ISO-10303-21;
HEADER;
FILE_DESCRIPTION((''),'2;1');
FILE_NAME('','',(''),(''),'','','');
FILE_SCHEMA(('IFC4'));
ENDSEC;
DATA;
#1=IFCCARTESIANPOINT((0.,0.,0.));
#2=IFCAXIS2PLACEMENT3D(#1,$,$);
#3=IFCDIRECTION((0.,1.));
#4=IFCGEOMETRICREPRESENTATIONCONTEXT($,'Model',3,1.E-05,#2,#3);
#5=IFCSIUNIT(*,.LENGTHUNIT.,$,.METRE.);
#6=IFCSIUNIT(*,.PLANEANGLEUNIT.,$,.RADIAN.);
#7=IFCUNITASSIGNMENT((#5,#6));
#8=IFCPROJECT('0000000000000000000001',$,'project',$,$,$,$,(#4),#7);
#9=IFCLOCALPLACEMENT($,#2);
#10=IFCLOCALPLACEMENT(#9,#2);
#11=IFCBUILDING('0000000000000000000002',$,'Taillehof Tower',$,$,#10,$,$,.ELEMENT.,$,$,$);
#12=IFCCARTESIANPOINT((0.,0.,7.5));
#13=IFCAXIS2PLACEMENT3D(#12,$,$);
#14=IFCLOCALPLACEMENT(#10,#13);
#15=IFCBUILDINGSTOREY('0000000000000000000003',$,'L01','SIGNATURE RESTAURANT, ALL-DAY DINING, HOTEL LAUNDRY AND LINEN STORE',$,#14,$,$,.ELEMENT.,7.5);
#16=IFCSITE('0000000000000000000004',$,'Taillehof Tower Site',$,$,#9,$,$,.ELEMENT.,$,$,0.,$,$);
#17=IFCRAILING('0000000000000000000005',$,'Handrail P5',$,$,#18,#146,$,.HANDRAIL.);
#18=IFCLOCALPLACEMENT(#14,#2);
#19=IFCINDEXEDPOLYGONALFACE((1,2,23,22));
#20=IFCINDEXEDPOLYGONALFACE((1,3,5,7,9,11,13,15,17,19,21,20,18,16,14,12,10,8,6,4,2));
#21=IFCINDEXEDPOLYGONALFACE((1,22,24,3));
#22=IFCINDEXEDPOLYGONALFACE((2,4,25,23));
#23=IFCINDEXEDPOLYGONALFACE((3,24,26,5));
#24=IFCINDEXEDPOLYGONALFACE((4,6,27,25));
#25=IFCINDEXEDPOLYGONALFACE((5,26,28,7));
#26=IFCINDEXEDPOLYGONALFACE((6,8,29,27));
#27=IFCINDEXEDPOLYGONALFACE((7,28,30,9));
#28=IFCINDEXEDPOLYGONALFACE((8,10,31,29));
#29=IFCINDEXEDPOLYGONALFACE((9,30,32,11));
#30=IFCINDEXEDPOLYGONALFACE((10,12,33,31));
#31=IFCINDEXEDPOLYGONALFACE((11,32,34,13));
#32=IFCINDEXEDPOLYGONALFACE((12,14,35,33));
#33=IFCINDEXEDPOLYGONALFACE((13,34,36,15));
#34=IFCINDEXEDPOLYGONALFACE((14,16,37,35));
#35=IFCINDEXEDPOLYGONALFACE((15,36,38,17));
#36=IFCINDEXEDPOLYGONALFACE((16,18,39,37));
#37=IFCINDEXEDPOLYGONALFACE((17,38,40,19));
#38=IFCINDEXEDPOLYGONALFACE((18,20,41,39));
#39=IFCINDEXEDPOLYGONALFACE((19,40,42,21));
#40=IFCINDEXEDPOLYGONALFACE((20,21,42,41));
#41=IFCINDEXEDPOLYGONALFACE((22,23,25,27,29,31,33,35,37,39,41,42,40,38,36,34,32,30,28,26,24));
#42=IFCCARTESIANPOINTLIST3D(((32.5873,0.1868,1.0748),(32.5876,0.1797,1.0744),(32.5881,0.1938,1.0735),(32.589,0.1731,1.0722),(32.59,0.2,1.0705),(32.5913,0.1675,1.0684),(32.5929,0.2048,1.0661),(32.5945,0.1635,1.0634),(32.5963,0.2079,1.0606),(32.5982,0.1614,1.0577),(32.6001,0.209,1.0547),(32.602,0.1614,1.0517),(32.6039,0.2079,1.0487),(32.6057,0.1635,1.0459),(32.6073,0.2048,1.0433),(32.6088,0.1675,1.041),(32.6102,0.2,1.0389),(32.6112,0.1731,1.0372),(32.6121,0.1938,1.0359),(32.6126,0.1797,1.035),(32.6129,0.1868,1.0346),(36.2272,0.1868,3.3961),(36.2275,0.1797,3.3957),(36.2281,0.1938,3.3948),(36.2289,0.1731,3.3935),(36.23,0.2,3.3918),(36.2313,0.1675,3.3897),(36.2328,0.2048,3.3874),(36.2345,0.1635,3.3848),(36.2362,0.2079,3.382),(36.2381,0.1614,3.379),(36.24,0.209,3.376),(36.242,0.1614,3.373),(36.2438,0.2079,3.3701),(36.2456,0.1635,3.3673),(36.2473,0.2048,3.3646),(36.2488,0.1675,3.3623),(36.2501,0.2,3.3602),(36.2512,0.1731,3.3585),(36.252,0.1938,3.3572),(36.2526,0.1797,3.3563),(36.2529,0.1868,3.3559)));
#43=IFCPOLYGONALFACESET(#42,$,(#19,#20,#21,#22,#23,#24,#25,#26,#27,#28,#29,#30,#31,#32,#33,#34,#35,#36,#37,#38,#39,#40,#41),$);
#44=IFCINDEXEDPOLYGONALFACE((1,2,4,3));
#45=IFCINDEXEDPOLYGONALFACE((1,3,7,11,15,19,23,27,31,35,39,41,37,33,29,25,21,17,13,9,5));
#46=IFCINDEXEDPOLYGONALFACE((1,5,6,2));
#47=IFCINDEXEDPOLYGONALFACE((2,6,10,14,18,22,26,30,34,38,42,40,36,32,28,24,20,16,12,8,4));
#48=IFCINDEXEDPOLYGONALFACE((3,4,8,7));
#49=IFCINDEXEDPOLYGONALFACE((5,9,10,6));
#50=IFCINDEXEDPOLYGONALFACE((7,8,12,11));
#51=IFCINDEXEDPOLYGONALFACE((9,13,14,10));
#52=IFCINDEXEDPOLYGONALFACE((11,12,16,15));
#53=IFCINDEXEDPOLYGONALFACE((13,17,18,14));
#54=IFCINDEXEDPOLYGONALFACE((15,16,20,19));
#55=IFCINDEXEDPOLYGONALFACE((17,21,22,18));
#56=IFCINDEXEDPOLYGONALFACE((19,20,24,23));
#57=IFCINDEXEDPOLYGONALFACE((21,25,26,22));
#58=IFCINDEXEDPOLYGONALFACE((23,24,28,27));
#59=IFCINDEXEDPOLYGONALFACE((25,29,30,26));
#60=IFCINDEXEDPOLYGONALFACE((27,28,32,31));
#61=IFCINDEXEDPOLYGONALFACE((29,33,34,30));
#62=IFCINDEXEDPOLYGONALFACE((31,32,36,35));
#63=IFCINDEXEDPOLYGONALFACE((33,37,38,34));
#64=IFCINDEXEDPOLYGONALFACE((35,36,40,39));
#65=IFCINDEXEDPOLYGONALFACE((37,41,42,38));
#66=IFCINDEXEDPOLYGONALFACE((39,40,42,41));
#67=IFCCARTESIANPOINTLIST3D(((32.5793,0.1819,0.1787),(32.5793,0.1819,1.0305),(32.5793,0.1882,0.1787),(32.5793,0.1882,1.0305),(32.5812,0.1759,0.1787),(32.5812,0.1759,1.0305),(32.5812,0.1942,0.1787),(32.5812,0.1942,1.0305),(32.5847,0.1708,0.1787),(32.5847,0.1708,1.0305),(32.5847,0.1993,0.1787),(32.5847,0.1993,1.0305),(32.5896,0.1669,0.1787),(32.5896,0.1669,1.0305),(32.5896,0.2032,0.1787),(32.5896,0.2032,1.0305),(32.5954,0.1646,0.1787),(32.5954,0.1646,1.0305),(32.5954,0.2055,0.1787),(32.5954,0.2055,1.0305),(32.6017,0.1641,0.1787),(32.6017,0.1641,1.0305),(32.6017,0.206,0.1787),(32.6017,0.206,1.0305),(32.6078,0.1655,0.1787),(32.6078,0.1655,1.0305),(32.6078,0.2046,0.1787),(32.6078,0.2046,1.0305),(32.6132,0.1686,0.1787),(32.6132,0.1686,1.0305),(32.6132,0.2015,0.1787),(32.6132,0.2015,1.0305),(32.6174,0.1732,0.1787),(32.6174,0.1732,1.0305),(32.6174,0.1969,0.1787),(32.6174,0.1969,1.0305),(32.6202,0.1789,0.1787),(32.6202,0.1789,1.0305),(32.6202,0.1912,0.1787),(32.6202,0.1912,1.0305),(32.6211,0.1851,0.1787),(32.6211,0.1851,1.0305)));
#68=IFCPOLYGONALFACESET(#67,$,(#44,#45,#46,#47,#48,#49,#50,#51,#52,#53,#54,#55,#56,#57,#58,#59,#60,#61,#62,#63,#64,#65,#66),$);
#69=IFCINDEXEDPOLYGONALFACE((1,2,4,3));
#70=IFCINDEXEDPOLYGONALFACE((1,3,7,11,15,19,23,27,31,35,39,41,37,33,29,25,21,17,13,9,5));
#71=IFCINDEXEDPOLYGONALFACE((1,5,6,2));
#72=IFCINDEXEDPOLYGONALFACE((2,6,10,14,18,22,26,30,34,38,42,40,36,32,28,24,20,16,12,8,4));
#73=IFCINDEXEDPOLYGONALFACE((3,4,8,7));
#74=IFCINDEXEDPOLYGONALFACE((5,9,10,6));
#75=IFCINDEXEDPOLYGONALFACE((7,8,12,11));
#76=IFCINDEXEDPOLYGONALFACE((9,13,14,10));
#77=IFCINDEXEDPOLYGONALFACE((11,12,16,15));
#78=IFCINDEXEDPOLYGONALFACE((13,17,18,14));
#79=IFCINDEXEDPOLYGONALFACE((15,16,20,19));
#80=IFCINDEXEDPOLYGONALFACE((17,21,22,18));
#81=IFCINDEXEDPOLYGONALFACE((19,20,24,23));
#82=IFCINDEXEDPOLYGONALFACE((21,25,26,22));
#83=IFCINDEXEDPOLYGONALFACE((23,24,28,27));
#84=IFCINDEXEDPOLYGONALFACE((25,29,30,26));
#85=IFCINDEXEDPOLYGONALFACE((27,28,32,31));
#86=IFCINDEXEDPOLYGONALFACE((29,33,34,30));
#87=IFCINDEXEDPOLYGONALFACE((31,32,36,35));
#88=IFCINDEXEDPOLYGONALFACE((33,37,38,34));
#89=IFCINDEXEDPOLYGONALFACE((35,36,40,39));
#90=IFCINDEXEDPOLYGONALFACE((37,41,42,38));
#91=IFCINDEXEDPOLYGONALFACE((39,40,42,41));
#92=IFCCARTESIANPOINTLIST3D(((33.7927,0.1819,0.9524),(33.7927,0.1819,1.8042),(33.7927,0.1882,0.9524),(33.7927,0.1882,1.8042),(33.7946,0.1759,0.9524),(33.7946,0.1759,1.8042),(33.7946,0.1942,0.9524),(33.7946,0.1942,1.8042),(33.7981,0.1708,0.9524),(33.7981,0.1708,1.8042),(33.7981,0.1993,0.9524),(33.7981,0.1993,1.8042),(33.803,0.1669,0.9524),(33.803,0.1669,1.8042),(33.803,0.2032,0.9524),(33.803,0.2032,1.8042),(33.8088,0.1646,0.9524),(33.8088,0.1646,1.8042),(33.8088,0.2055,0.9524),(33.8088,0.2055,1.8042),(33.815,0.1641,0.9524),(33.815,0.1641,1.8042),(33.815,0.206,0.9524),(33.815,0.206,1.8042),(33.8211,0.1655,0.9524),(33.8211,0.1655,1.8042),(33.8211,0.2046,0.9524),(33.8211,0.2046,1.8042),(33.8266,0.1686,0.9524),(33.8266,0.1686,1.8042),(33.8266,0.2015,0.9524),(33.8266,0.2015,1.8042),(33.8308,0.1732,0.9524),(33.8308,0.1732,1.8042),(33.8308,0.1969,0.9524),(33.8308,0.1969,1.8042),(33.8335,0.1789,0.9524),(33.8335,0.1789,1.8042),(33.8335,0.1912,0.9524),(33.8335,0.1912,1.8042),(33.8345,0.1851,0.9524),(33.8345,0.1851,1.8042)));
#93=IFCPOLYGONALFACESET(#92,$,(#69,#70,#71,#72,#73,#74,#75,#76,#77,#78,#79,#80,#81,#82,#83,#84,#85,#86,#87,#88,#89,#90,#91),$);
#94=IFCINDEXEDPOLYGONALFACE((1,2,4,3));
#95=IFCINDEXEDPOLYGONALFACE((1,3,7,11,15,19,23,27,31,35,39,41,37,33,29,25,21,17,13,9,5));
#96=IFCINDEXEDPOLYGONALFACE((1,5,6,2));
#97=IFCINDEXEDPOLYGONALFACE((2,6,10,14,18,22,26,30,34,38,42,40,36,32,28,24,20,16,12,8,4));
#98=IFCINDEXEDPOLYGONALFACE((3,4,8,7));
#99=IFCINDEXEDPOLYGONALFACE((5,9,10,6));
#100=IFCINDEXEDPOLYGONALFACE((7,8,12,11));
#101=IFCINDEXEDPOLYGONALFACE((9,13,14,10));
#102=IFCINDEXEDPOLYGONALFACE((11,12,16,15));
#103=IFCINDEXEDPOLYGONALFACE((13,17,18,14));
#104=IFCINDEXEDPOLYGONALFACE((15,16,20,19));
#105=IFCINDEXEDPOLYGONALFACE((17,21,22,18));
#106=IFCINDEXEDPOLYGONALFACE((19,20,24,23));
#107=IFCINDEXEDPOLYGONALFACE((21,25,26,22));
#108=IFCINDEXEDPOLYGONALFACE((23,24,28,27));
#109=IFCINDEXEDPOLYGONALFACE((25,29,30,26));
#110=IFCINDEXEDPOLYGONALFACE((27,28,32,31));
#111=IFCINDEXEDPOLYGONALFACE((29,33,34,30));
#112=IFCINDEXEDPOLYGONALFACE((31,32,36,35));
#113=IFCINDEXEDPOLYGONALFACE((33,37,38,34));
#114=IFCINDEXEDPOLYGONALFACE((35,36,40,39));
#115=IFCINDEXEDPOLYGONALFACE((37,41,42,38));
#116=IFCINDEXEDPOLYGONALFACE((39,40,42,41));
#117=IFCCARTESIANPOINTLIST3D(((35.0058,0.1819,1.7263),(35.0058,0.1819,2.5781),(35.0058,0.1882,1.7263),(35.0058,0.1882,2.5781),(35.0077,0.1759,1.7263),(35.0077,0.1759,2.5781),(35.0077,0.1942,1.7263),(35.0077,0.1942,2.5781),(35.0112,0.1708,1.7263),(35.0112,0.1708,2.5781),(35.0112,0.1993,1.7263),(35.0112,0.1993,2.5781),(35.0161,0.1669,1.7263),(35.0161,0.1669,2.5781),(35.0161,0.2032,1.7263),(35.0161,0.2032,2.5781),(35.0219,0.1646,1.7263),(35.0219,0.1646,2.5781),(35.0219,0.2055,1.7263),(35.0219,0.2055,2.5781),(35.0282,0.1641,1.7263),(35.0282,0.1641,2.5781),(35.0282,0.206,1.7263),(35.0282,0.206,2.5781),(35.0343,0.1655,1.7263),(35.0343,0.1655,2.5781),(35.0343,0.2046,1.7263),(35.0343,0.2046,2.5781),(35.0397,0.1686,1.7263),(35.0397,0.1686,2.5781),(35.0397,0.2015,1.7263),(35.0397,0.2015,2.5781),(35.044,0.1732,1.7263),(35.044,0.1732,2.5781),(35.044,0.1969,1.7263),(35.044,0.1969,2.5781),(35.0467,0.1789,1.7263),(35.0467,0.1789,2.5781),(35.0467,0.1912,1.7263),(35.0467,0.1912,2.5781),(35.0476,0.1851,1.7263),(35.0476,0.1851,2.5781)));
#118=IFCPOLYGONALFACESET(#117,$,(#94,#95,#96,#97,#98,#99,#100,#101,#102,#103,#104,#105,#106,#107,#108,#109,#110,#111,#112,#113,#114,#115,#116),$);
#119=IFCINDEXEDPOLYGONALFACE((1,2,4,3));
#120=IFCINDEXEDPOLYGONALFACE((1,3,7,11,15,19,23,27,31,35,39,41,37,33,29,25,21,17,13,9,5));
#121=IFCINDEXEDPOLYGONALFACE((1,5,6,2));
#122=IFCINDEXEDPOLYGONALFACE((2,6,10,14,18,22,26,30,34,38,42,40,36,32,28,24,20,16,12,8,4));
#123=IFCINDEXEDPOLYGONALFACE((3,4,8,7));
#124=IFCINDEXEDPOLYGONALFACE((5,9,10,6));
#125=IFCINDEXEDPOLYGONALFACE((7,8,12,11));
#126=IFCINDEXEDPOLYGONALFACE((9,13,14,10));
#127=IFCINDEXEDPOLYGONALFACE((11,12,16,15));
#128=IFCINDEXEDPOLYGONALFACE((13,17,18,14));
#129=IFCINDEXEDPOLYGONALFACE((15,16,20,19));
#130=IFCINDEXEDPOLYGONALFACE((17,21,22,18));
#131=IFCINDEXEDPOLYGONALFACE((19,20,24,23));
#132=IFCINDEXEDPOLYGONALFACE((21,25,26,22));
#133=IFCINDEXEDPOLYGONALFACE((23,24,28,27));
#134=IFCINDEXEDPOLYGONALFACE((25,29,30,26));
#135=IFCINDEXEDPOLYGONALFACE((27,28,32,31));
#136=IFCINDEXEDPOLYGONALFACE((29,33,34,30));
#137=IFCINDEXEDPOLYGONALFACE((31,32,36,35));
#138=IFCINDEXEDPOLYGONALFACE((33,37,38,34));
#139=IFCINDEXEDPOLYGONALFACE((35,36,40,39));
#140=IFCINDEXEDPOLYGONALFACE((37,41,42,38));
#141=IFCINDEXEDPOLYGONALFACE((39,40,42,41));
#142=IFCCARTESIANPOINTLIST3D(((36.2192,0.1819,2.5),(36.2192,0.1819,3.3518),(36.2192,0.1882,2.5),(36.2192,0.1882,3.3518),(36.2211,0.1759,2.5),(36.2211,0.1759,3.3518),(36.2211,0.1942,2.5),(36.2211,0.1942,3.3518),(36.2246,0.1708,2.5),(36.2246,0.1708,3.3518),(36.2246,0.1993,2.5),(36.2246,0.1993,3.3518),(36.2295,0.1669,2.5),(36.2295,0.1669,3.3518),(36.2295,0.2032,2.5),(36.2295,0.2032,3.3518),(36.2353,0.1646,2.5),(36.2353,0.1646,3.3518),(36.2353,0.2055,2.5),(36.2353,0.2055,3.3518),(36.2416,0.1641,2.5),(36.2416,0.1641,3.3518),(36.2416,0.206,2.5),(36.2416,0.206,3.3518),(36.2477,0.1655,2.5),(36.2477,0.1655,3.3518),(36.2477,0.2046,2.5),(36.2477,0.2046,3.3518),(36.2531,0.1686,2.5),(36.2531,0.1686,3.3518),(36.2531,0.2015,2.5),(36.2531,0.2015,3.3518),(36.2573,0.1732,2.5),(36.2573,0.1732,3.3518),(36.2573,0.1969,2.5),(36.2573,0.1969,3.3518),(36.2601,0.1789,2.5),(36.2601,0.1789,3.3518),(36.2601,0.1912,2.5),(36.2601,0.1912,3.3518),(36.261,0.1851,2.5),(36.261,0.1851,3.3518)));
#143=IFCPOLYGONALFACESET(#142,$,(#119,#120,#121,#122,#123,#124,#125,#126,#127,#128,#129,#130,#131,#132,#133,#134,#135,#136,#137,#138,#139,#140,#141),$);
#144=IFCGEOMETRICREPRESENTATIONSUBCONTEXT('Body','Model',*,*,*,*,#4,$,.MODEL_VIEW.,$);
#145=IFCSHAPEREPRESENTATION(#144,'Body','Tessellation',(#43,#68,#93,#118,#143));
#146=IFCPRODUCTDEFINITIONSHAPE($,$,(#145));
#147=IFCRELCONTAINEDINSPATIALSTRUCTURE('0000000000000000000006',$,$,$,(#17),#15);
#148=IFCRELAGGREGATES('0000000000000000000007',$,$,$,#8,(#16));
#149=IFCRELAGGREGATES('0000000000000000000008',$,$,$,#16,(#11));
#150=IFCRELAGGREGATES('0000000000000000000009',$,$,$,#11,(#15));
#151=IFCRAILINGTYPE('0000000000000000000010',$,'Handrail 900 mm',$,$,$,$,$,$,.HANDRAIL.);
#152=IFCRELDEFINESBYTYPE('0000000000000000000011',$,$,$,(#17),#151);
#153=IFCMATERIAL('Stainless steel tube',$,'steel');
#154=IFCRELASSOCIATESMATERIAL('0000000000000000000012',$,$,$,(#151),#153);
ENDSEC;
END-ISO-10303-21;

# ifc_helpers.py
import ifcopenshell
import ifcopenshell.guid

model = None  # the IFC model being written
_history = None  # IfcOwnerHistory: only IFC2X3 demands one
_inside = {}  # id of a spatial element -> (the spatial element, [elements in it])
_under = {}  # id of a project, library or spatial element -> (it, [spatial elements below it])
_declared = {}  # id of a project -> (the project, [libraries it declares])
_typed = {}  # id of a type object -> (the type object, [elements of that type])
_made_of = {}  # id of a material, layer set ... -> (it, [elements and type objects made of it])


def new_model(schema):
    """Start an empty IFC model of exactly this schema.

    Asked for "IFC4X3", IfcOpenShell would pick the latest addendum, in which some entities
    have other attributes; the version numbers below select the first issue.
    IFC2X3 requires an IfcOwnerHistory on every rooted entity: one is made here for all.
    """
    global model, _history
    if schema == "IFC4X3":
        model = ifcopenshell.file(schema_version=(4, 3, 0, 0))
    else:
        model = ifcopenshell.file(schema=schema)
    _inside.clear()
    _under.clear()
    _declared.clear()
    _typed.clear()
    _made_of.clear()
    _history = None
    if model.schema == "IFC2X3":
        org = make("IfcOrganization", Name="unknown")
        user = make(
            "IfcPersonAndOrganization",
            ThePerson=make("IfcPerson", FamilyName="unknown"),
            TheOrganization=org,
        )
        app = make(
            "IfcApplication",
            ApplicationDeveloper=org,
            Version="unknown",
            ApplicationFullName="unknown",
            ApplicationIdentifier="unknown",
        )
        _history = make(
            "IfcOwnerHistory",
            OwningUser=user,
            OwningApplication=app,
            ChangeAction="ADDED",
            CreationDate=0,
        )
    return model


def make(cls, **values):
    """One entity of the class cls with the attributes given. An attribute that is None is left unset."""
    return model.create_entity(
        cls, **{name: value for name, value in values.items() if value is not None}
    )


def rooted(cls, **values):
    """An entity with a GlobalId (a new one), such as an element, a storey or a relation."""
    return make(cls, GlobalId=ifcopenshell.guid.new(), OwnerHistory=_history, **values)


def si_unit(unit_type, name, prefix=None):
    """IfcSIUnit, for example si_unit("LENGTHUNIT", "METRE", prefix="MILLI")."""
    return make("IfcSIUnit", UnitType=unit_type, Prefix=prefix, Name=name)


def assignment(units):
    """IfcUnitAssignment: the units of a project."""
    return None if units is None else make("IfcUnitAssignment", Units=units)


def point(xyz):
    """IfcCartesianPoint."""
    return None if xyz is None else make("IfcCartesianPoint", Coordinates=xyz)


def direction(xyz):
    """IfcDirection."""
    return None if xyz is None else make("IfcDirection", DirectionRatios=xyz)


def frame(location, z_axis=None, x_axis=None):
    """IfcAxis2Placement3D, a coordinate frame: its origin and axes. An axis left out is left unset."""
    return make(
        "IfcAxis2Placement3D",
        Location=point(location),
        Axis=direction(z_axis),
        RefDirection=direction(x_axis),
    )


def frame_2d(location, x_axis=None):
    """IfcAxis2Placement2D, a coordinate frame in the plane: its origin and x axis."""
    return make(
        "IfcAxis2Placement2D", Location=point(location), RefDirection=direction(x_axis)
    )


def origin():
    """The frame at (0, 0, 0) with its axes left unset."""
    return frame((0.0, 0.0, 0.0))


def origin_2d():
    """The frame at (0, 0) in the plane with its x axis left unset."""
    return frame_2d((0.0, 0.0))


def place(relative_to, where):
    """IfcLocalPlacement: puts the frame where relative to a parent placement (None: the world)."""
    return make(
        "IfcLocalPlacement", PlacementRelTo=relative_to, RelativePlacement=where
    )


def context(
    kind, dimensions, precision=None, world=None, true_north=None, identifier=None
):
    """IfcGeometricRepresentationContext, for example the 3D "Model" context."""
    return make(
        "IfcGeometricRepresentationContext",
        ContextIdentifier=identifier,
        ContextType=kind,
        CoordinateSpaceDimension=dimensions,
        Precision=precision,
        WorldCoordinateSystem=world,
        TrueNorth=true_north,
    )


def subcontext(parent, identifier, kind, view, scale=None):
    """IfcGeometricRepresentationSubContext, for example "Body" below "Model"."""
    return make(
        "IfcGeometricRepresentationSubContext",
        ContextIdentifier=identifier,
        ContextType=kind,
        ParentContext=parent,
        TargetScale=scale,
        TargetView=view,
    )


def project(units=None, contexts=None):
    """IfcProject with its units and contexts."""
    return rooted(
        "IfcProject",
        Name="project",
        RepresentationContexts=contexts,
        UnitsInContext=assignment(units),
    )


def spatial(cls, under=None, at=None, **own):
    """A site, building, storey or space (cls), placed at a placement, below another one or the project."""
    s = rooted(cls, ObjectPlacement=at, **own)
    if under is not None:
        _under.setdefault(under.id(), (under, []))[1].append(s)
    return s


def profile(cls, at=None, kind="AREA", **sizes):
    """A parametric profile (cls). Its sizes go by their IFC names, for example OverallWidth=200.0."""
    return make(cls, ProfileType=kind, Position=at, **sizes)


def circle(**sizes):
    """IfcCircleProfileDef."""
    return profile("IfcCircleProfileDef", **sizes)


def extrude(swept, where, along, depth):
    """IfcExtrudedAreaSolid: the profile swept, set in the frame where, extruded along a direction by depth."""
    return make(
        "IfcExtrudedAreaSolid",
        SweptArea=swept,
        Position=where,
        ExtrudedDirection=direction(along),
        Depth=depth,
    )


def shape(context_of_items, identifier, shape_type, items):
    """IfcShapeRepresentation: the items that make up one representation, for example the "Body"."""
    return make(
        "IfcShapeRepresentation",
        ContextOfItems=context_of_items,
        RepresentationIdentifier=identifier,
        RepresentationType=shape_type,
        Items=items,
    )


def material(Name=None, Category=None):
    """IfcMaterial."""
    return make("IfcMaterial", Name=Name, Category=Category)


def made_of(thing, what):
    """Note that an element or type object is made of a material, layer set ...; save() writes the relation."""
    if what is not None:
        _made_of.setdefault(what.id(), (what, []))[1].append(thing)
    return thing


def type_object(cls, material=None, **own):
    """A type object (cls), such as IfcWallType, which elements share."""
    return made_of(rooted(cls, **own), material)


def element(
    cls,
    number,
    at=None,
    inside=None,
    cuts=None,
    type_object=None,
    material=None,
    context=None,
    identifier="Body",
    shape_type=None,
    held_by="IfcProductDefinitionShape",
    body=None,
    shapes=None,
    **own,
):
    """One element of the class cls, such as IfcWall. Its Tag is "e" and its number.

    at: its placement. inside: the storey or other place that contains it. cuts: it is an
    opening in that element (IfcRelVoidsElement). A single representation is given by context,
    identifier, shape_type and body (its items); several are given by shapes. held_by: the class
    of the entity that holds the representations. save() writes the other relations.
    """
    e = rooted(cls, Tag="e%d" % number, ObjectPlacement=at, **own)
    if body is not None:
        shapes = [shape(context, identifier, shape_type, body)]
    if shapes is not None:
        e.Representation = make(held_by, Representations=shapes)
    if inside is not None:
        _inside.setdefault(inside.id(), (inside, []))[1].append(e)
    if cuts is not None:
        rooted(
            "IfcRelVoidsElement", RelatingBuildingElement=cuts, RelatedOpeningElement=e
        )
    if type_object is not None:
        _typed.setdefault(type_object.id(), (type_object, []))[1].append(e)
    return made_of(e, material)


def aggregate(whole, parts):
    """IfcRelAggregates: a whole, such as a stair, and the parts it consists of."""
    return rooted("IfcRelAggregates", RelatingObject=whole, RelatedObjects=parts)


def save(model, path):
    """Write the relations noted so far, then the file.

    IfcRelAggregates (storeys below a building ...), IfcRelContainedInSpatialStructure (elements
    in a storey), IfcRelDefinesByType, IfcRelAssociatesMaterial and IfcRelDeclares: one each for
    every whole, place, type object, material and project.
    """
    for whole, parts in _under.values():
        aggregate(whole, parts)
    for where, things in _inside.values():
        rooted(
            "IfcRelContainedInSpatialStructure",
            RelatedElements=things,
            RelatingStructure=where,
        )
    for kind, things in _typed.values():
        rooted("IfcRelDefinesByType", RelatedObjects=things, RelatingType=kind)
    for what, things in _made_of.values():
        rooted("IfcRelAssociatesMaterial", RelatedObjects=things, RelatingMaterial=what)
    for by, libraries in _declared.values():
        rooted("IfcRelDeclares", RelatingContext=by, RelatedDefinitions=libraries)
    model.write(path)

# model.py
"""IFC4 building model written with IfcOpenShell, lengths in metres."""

from ifc_helpers import new_model, si_unit, direction, frame, origin, origin_2d, place, context, subcontext, project, spatial, circle, extrude, material, type_object, element, save


model = new_model("IFC4")

# Units and contexts
model_context = context("Model", 3, precision=1e-05, world=origin(), true_north=direction((0.0, 1.0)))
body_context = subcontext(model_context, "Body", "Model", "MODEL_VIEW")
ifc_project = project(units=[si_unit("LENGTHUNIT", "METRE"), si_unit("PLANEANGLEUNIT", "RADIAN")], contexts=[model_context])

# Site, building, storey
site_placement = place(None, origin())
site = spatial("IfcSite", under=ifc_project, at=site_placement, Name="Taillehof Tower Site", CompositionType="ELEMENT", RefElevation=0.0)
building_placement = place(site_placement, origin())
building = spatial("IfcBuilding", under=site, at=building_placement, Name="Taillehof Tower", CompositionType="ELEMENT")
storey_placement = place(building_placement, frame((0.0, 0.0, 7.5)))
storey = spatial("IfcBuildingStorey", under=building, at=storey_placement, Name="L01", Description="SIGNATURE RESTAURANT, ALL-DAY DINING, HOTEL LAUNDRY AND LINEN STORE", CompositionType="ELEMENT", Elevation=7.5)

# Railing
ifc_material_1 = material(Name="Stainless steel tube", Category="steel")
railing_type_1 = type_object("IfcRailingType", Name="Handrail 900 mm", PredefinedType="HANDRAIL", material=ifc_material_1)
for number, where, name in (
    (1, (32.6001, 0.1851, 0.1787), "Handrail P5"),
):
    element("IfcRailing", number, at=place(storey_placement, frame(where)), inside=storey, type_object=railing_type_1, Name=name, PredefinedType="HANDRAIL", context=body_context, shape_type="SweptSolid", body=[
        extrude(circle(Radius=0.0239, at=origin_2d()), frame((0.0, 0.0, 0.876), z_axis=(0.843137, 0.0, 0.537699), x_axis=(0.0, 1.0, 0.0)), (0.0, 0.0, 1.0), 4.3171),
        extrude(circle(Radius=0.021, at=origin_2d()), origin(), (0.0, 0.0, 1.0), 0.8518),
        extrude(circle(Radius=0.021, at=origin_2d()), frame((1.2134, 0.0, 0.7737)), (0.0, 0.0, 1.0), 0.8518),
        extrude(circle(Radius=0.021, at=origin_2d()), frame((2.4265, 0.0, 1.5476)), (0.0, 0.0, 1.0), 0.8518),
        extrude(circle(Radius=0.021, at=origin_2d()), frame((3.6399, 0.0, 2.3213)), (0.0, 0.0, 1.0), 0.8518),
    ])

save(model, "model.ifc")
